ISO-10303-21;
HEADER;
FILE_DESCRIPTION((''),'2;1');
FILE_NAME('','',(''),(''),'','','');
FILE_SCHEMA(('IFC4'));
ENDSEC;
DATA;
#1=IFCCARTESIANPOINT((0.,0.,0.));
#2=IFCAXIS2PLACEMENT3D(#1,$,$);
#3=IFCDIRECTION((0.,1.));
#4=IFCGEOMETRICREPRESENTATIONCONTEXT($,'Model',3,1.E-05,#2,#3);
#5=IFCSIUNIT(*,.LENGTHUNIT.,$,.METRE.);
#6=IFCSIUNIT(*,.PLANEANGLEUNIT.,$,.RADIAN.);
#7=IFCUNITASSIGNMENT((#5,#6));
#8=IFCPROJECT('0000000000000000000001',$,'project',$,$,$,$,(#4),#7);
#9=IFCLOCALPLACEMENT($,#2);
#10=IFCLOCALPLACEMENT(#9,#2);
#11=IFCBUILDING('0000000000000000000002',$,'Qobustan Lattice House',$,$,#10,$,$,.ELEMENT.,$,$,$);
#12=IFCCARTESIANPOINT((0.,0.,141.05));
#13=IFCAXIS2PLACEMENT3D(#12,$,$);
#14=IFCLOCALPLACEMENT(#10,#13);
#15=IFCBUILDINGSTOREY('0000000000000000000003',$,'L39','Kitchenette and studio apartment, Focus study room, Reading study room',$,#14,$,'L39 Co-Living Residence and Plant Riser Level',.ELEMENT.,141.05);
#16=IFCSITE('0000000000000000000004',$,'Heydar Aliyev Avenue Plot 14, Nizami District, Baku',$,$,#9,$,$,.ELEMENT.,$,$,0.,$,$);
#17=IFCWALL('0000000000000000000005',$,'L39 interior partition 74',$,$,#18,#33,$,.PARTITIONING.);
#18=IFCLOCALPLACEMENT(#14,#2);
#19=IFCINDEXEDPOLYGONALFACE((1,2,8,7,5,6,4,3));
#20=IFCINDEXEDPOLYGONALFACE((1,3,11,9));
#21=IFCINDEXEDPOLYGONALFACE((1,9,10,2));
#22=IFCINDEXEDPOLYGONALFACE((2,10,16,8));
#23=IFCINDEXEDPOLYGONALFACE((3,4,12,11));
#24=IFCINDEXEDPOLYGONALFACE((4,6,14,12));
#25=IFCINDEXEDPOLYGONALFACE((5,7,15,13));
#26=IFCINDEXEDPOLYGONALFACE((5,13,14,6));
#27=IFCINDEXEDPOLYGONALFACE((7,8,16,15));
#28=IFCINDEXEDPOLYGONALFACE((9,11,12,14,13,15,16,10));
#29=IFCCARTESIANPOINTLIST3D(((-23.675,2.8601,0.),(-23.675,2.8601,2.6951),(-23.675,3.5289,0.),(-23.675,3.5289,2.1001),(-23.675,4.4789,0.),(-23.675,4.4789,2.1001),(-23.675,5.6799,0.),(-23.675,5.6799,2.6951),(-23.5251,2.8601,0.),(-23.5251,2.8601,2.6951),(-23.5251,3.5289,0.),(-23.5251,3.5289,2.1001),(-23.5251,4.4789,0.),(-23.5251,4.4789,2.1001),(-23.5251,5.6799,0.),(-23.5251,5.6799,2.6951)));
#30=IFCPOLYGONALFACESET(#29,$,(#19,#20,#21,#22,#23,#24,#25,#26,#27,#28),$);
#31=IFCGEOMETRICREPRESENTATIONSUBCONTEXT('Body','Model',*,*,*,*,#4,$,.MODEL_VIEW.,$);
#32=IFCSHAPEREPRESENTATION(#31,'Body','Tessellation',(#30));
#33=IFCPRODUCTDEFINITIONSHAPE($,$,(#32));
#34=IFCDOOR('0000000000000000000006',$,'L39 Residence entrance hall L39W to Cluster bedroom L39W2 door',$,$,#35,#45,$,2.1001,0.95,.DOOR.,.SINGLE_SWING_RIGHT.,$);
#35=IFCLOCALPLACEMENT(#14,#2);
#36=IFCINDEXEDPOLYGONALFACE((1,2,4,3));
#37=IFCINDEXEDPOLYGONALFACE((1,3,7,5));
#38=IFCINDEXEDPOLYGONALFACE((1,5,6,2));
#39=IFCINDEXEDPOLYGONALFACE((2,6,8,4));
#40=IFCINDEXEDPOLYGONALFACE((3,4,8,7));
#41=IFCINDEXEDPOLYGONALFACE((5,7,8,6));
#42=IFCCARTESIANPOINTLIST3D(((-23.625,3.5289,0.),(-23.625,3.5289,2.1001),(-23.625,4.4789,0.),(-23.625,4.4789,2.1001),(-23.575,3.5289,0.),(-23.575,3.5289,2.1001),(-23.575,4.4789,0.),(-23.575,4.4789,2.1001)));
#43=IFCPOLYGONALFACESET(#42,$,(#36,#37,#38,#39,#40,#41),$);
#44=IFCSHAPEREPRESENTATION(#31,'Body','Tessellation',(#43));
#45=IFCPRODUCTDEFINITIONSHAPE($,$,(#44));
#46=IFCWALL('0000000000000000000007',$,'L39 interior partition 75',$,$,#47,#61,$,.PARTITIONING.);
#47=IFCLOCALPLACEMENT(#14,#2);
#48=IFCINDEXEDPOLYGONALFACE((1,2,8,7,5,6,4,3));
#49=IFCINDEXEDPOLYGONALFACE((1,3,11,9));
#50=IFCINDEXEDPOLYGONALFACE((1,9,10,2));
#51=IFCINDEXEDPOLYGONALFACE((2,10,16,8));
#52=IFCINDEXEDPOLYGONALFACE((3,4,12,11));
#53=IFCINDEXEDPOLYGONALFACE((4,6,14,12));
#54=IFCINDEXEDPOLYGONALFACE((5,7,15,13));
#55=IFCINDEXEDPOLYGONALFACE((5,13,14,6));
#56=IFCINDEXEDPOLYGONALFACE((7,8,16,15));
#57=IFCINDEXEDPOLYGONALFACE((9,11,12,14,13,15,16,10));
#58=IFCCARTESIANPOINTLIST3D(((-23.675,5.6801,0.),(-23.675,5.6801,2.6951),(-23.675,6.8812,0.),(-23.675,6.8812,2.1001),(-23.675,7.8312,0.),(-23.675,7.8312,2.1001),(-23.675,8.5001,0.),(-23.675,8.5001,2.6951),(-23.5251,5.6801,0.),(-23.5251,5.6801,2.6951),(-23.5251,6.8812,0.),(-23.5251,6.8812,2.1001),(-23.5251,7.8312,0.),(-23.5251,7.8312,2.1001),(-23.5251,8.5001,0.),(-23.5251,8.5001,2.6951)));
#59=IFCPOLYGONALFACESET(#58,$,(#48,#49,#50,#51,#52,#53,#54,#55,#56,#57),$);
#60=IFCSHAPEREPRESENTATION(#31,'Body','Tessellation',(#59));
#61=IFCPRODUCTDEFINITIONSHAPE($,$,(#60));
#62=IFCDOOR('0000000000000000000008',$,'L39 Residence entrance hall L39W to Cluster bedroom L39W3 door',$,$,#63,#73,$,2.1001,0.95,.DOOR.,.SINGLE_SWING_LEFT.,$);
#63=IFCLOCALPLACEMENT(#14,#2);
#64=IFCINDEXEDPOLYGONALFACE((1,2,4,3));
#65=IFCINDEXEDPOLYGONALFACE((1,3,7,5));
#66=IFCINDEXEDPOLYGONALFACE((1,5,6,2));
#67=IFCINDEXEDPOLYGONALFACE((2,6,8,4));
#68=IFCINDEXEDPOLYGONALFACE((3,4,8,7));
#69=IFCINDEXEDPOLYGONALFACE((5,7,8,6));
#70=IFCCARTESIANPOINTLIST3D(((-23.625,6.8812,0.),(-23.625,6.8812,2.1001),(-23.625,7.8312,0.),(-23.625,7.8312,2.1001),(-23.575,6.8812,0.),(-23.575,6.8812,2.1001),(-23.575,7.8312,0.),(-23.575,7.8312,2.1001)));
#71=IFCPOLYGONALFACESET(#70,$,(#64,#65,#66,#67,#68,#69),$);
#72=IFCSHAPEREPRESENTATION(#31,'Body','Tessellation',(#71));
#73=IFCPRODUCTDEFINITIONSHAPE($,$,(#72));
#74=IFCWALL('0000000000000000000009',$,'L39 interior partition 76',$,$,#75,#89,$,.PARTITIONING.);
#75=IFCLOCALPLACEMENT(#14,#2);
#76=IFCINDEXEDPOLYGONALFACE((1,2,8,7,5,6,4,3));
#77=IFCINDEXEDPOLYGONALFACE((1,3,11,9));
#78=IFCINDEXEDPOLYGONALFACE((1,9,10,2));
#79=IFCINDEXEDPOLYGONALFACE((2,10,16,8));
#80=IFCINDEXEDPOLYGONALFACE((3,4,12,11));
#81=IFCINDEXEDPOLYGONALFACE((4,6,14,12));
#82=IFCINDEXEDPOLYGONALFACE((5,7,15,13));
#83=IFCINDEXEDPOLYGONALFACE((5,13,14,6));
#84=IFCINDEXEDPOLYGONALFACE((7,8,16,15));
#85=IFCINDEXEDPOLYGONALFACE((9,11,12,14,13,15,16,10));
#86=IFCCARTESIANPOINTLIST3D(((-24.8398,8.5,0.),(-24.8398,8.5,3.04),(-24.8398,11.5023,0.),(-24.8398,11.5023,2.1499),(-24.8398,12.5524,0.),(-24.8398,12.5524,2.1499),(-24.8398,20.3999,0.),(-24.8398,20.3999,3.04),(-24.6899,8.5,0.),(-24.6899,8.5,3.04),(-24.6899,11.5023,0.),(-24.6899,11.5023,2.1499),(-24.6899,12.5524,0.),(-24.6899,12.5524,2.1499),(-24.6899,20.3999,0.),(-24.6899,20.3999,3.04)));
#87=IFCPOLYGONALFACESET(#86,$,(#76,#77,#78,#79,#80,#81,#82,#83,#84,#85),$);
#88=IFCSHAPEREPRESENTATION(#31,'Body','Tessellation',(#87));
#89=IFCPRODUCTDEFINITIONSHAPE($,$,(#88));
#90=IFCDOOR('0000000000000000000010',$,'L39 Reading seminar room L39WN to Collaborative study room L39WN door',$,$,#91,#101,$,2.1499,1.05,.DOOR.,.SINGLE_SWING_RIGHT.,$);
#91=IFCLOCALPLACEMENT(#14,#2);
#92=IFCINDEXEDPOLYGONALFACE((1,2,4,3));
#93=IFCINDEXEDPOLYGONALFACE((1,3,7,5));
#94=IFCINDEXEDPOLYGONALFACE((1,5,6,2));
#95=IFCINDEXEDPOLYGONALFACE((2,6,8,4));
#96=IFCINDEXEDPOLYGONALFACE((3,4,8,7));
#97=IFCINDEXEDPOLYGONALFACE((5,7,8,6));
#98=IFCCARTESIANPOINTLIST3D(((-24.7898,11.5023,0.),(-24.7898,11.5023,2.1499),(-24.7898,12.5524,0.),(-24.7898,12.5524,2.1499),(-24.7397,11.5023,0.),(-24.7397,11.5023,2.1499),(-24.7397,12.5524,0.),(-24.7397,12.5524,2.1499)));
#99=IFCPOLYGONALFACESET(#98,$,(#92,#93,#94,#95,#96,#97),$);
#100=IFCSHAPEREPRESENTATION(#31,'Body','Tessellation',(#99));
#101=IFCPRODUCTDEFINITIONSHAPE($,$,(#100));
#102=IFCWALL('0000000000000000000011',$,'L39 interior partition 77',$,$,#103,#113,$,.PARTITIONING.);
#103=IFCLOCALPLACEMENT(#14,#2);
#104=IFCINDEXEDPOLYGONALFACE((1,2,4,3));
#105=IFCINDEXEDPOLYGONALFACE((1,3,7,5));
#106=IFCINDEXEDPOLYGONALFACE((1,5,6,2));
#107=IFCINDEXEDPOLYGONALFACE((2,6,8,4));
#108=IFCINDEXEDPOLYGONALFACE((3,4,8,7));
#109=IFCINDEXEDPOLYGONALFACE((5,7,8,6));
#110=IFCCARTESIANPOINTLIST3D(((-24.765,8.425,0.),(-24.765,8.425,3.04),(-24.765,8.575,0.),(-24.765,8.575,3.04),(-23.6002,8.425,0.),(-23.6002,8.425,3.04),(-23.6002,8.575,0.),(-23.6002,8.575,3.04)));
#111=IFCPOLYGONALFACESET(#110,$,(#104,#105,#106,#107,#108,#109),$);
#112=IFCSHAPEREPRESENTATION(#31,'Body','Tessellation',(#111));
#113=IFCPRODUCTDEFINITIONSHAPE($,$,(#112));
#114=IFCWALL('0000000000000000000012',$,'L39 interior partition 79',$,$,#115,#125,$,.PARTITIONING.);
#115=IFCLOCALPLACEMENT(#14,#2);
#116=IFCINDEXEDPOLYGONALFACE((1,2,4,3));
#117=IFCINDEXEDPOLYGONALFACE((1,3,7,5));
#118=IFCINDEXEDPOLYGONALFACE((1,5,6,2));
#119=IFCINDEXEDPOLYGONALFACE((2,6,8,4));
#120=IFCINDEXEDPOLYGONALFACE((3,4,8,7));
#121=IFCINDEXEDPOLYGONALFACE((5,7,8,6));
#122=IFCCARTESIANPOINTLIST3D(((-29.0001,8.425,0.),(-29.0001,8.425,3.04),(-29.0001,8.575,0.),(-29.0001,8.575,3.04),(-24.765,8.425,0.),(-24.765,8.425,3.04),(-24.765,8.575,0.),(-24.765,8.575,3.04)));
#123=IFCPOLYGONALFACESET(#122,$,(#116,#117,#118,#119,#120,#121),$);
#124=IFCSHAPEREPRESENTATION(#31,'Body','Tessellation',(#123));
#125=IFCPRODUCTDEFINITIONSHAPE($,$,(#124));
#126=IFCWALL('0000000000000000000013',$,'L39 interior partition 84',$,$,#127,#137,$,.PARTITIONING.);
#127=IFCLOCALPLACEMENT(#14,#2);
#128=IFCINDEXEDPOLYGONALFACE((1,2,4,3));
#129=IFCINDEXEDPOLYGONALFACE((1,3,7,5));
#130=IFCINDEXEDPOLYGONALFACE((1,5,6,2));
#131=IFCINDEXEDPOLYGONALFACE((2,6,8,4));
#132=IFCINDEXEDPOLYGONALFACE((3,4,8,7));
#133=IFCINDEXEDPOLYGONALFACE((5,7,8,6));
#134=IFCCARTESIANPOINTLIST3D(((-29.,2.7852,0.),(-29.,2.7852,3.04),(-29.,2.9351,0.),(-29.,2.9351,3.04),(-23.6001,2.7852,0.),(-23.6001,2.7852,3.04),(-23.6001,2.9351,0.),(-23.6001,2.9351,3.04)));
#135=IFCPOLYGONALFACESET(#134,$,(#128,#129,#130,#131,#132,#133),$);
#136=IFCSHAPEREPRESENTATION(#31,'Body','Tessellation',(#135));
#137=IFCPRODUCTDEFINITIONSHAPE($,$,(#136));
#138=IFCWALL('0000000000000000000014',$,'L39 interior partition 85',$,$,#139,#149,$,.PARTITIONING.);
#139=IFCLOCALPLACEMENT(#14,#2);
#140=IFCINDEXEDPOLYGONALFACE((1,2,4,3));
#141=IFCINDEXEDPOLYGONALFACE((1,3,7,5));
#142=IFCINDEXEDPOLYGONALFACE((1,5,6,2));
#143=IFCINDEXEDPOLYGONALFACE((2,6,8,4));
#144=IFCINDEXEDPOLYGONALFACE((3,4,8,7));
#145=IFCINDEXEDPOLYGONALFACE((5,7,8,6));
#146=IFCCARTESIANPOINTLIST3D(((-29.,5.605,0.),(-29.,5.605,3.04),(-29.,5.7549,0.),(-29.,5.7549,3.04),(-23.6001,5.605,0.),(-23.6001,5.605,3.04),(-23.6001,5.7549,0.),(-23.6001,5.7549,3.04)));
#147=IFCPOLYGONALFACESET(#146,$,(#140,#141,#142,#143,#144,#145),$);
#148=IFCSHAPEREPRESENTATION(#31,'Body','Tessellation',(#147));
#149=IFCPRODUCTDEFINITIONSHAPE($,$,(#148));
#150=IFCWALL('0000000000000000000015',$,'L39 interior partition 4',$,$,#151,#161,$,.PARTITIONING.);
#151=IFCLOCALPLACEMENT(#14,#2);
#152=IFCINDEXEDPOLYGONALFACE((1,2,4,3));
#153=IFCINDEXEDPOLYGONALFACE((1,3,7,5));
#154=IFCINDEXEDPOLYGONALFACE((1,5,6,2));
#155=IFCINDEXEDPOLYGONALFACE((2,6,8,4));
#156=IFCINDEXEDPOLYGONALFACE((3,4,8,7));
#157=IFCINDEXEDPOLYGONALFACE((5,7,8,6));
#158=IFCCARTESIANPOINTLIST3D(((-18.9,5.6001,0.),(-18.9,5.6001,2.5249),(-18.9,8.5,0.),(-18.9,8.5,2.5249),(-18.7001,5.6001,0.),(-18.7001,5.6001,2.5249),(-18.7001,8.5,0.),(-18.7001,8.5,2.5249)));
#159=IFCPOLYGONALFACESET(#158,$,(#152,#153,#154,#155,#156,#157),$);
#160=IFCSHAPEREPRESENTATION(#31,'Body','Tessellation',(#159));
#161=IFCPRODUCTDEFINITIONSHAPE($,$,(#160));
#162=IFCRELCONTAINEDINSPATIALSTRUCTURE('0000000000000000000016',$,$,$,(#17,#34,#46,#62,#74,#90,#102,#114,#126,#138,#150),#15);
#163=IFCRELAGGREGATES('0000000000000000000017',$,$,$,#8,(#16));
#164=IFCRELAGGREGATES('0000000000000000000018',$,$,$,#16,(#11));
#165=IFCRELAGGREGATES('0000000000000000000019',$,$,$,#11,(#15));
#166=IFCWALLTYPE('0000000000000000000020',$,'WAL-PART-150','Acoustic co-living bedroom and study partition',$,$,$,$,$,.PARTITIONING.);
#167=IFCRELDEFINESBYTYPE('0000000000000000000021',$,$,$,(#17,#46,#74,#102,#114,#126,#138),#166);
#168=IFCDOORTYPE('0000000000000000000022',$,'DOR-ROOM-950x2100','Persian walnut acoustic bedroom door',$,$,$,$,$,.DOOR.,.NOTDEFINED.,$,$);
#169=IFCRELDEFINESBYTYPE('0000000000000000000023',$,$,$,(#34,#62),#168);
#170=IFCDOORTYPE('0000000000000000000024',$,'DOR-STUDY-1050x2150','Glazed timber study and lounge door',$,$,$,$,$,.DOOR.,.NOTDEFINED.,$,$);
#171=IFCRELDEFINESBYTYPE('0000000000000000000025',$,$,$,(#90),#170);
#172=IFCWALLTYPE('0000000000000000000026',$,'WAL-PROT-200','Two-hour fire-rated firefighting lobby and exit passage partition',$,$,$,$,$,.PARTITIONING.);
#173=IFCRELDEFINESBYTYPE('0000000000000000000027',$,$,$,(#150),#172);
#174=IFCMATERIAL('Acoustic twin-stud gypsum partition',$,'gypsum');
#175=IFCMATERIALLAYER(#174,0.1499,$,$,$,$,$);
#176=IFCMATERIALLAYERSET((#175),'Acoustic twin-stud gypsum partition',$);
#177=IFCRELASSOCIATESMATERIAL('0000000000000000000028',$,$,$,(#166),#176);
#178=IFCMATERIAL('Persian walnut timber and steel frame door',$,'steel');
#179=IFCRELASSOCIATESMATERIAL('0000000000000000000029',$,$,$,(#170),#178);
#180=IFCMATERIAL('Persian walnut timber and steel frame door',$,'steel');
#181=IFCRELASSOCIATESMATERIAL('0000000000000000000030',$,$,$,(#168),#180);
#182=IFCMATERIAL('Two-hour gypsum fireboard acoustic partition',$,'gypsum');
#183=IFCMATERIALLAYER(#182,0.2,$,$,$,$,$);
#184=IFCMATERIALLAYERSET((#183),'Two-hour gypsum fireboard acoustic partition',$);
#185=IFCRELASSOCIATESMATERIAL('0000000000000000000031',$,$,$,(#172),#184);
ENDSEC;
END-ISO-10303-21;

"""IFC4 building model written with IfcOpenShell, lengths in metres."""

from ifc_helpers import new_model, si_unit, direction, frame, frame_2d, origin, place, context, subcontext, project, spatial, rectangle, extrude, material, layer, layer_set, type_object, element, fill, save


model = new_model("IFC4")

# Units and contexts
model_context = context("Model", 3, precision=1e-05, world=origin(), true_north=direction((0.0, 1.0)))
body_context = subcontext(model_context, "Body", "Model", "MODEL_VIEW")
ifc_project = project(units=[si_unit("LENGTHUNIT", "METRE"), si_unit("PLANEANGLEUNIT", "RADIAN")], contexts=[model_context])

# Site, building, storey
site_placement = place(None, origin())
site = spatial("IfcSite", under=ifc_project, at=site_placement, Name="Heydar Aliyev Avenue Plot 14, Nizami District, Baku", CompositionType="ELEMENT", RefElevation=0.0)
building_placement = place(site_placement, origin())
building = spatial("IfcBuilding", under=site, at=building_placement, Name="Qobustan Lattice House", CompositionType="ELEMENT")
storey_placement = place(building_placement, frame((0.0, 0.0, 141.05)))
storey = spatial("IfcBuildingStorey", under=building, at=storey_placement, Name="L39", Description="Kitchenette and studio apartment, Focus study room, Reading study room", LongName="L39 Co-Living Residence and Plant Riser Level", CompositionType="ELEMENT", Elevation=141.05)

# Walls, openings, doors
ifc_material_1 = material(Name="Acoustic twin-stud gypsum partition", Category="gypsum")
ifc_layer_1 = layer(ifc_material_1, 0.1499)
ifc_layer_set_1 = layer_set([ifc_layer_1], Name="Acoustic twin-stud gypsum partition")
wall_type_1 = type_object("IfcWallType", Name="WAL-PART-150", Description="Acoustic co-living bedroom and study partition", PredefinedType="PARTITIONING", material=ifc_layer_set_1)
ifc_material_2 = material(Name="Persian walnut timber and steel frame door", Category="steel")
door_type_1 = type_object("IfcDoorType", Name="DOR-STUDY-1050x2150", Description="Glazed timber study and lounge door", OperationType="NOTDEFINED", PredefinedType="DOOR", material=ifc_material_2)
wall_1_placement = place(storey_placement, frame((-23.6001, 2.8601, 0.0), z_axis=(0.0, 0.0, 1.0), x_axis=(0.0, 1.0, 0.0)))
wall_1 = element("IfcWall", 1, at=wall_1_placement, inside=storey, type_object=wall_type_1, Name="L39 interior partition 74", PredefinedType="PARTITIONING", context=body_context, shape_type="SweptSolid", body=[
    extrude(rectangle(XDim=2.8198, YDim=0.1499, at=frame_2d((1.4099, 0.0))), origin(), (0.0, 0.0, 1.0), 2.6951),
])
opening_1_placement = place(wall_1_placement, frame((0.6687, 0.0, 0.0)))
opening_1 = element("IfcOpeningElement", 2, at=opening_1_placement, cuts=wall_1, PredefinedType="OPENING", context=body_context, shape_type="SweptSolid", body=[
    extrude(rectangle(XDim=0.95, YDim=2.1001, at=frame_2d((0.4751, 1.05))), frame((0.0, 0.085, 0.0), z_axis=(0.0, -1.0, 0.0), x_axis=(1.0, 0.0, 0.0)), (0.0, 0.0, 1.0), 0.1699),
])
ifc_material_3 = material(Name="Persian walnut timber and steel frame door", Category="steel")
door_type_2 = type_object("IfcDoorType", Name="DOR-ROOM-950x2100", Description="Persian walnut acoustic bedroom door", OperationType="NOTDEFINED", PredefinedType="DOOR", material=ifc_material_3)
door_1_placement = place(opening_1_placement, origin())
door_1 = element("IfcDoor", 3, at=door_1_placement, inside=storey, type_object=door_type_2, Name="L39 Residence entrance hall L39W to Cluster bedroom L39W2 door", OperationType="SINGLE_SWING_RIGHT", OverallHeight=2.1001, OverallWidth=0.95, PredefinedType="DOOR", context=body_context, shape_type="SweptSolid", body=[
    extrude(rectangle(XDim=0.95, YDim=2.1001, at=frame_2d((0.4751, 1.05))), frame((0.0, 0.0249, 0.0), z_axis=(0.0, -1.0, 0.0), x_axis=(1.0, 0.0, 0.0)), (0.0, 0.0, 1.0), 0.05),
])
fill(opening_1, door_1)
wall_2_placement = place(storey_placement, frame((-23.6001, 5.6799, 0.0), z_axis=(0.0, 0.0, 1.0), x_axis=(0.0, 1.0, 0.0)))
wall_2 = element("IfcWall", 4, at=wall_2_placement, inside=storey, type_object=wall_type_1, Name="L39 interior partition 75", PredefinedType="PARTITIONING", context=body_context, shape_type="SweptSolid", body=[
    extrude(rectangle(XDim=2.8201, YDim=0.1499, at=frame_2d((1.4102, 0.0))), origin(), (0.0, 0.0, 1.0), 2.6951),
])
opening_2_placement = place(wall_2_placement, frame((1.2012, 0.0, 0.0)))
opening_2 = element("IfcOpeningElement", 5, at=opening_2_placement, cuts=wall_2, PredefinedType="OPENING", context=body_context, shape_type="SweptSolid", body=[
    extrude(rectangle(XDim=0.95, YDim=2.1001, at=frame_2d((0.4751, 1.05))), frame((0.0, 0.085, 0.0), z_axis=(0.0, -1.0, 0.0), x_axis=(1.0, 0.0, 0.0)), (0.0, 0.0, 1.0), 0.1699),
])
door_2_placement = place(opening_2_placement, origin())
door_2 = element("IfcDoor", 6, at=door_2_placement, inside=storey, type_object=door_type_2, Name="L39 Residence entrance hall L39W to Cluster bedroom L39W3 door", OperationType="SINGLE_SWING_LEFT", OverallHeight=2.1001, OverallWidth=0.95, PredefinedType="DOOR", context=body_context, shape_type="SweptSolid", body=[
    extrude(rectangle(XDim=0.95, YDim=2.1001, at=frame_2d((0.4751, 1.05))), frame((0.0, 0.0249, 0.0), z_axis=(0.0, -1.0, 0.0), x_axis=(1.0, 0.0, 0.0)), (0.0, 0.0, 1.0), 0.05),
])
fill(opening_2, door_2)
wall_3_placement = place(storey_placement, frame((-24.7649, 8.5, 0.0), z_axis=(0.0, 0.0, 1.0), x_axis=(0.0, 1.0, 0.0)))
wall_3 = element("IfcWall", 7, at=wall_3_placement, inside=storey, type_object=wall_type_1, Name="L39 interior partition 76", PredefinedType="PARTITIONING", context=body_context, shape_type="SweptSolid", body=[
    extrude(rectangle(XDim=11.8999, YDim=0.1499, at=frame_2d((5.95, 0.0))), origin(), (0.0, 0.0, 1.0), 3.04),
])
opening_3_placement = place(wall_3_placement, frame((3.0024, 0.0, 0.0)))
opening_3 = element("IfcOpeningElement", 8, at=opening_3_placement, cuts=wall_3, PredefinedType="OPENING", context=body_context, shape_type="SweptSolid", body=[
    extrude(rectangle(XDim=1.05, YDim=2.1499, at=frame_2d((0.5249, 1.075))), frame((0.0, 0.085, 0.0), z_axis=(0.0, -1.0, 0.0), x_axis=(1.0, 0.0, 0.0)), (0.0, 0.0, 1.0), 0.1699),
])
door_3_placement = place(opening_3_placement, origin())
door_3 = element("IfcDoor", 9, at=door_3_placement, inside=storey, type_object=door_type_1, Name="L39 Reading seminar room L39WN to Collaborative study room L39WN door", OperationType="SINGLE_SWING_RIGHT", OverallHeight=2.1499, OverallWidth=1.05, PredefinedType="DOOR", context=body_context, shape_type="SweptSolid", body=[
    extrude(rectangle(XDim=1.05, YDim=2.1499, at=frame_2d((0.5249, 1.075))), frame((0.0, 0.0249, 0.0), z_axis=(0.0, -1.0, 0.0), x_axis=(1.0, 0.0, 0.0)), (0.0, 0.0, 1.0), 0.05),
])
fill(opening_3, door_3)

# Walls
wall_4_placement = place(storey_placement, frame((-23.6001, 8.5, 0.0), z_axis=(0.0, 0.0, 1.0), x_axis=(-1.0, 0.0, 0.0)))
element("IfcWall", 10, at=wall_4_placement, inside=storey, type_object=wall_type_1, Name="L39 interior partition 77", PredefinedType="PARTITIONING", context=body_context, shape_type="SweptSolid", body=[
    extrude(rectangle(XDim=1.1648, YDim=0.1499, at=frame_2d((0.5825, 0.0))), origin(), (0.0, 0.0, 1.0), 3.04),
])
wall_5_placement = place(storey_placement, frame((-24.7649, 8.5, 0.0), z_axis=(0.0, 0.0, 1.0), x_axis=(-1.0, 0.0, 0.0)))
element("IfcWall", 11, at=wall_5_placement, inside=storey, type_object=wall_type_1, Name="L39 interior partition 79", PredefinedType="PARTITIONING", context=body_context, shape_type="SweptSolid", body=[
    extrude(rectangle(XDim=4.2351, YDim=0.1499, at=frame_2d((2.1177, 0.0))), origin(), (0.0, 0.0, 1.0), 3.04),
])
for number, where, z_axis, x_axis, name in (
    (12, (-29.0, 2.8601, 0.0), (0.0, 0.0, 1.0), (1.0, 0.0, 0.0), "L39 interior partition 84"),
    (13, (-29.0, 5.6799, 0.0), (0.0, 0.0, 1.0), (1.0, 0.0, 0.0), "L39 interior partition 85"),
):
    element("IfcWall", number, at=place(storey_placement, frame(where, z_axis=z_axis, x_axis=x_axis)), inside=storey, type_object=wall_type_1, Name=name, PredefinedType="PARTITIONING", context=body_context, shape_type="SweptSolid", body=[
        extrude(rectangle(XDim=5.3999, YDim=0.1499, at=frame_2d((2.7, 0.0))), origin(), (0.0, 0.0, 1.0), 3.04),
    ])
ifc_material_4 = material(Name="Two-hour gypsum fireboard acoustic partition", Category="gypsum")
ifc_layer_2 = layer(ifc_material_4, 0.2)
ifc_layer_set_2 = layer_set([ifc_layer_2], Name="Two-hour gypsum fireboard acoustic partition")
wall_type_2 = type_object("IfcWallType", Name="WAL-PROT-200", Description="Two-hour fire-rated firefighting lobby and exit passage partition", PredefinedType="PARTITIONING", material=ifc_layer_set_2)
wall_6_placement = place(storey_placement, frame((-18.8, 8.5, 0.0), z_axis=(0.0, 0.0, 1.0), x_axis=(0.0, -1.0, 0.0)))
element("IfcWall", 14, at=wall_6_placement, inside=storey, type_object=wall_type_2, Name="L39 interior partition 4", PredefinedType="PARTITIONING", context=body_context, shape_type="SweptSolid", body=[
    extrude(rectangle(XDim=2.8999, YDim=0.2, at=frame_2d((1.45, 0.0))), origin(), (0.0, 0.0, 1.0), 2.5249),
])

save(model, "model.ifc")
